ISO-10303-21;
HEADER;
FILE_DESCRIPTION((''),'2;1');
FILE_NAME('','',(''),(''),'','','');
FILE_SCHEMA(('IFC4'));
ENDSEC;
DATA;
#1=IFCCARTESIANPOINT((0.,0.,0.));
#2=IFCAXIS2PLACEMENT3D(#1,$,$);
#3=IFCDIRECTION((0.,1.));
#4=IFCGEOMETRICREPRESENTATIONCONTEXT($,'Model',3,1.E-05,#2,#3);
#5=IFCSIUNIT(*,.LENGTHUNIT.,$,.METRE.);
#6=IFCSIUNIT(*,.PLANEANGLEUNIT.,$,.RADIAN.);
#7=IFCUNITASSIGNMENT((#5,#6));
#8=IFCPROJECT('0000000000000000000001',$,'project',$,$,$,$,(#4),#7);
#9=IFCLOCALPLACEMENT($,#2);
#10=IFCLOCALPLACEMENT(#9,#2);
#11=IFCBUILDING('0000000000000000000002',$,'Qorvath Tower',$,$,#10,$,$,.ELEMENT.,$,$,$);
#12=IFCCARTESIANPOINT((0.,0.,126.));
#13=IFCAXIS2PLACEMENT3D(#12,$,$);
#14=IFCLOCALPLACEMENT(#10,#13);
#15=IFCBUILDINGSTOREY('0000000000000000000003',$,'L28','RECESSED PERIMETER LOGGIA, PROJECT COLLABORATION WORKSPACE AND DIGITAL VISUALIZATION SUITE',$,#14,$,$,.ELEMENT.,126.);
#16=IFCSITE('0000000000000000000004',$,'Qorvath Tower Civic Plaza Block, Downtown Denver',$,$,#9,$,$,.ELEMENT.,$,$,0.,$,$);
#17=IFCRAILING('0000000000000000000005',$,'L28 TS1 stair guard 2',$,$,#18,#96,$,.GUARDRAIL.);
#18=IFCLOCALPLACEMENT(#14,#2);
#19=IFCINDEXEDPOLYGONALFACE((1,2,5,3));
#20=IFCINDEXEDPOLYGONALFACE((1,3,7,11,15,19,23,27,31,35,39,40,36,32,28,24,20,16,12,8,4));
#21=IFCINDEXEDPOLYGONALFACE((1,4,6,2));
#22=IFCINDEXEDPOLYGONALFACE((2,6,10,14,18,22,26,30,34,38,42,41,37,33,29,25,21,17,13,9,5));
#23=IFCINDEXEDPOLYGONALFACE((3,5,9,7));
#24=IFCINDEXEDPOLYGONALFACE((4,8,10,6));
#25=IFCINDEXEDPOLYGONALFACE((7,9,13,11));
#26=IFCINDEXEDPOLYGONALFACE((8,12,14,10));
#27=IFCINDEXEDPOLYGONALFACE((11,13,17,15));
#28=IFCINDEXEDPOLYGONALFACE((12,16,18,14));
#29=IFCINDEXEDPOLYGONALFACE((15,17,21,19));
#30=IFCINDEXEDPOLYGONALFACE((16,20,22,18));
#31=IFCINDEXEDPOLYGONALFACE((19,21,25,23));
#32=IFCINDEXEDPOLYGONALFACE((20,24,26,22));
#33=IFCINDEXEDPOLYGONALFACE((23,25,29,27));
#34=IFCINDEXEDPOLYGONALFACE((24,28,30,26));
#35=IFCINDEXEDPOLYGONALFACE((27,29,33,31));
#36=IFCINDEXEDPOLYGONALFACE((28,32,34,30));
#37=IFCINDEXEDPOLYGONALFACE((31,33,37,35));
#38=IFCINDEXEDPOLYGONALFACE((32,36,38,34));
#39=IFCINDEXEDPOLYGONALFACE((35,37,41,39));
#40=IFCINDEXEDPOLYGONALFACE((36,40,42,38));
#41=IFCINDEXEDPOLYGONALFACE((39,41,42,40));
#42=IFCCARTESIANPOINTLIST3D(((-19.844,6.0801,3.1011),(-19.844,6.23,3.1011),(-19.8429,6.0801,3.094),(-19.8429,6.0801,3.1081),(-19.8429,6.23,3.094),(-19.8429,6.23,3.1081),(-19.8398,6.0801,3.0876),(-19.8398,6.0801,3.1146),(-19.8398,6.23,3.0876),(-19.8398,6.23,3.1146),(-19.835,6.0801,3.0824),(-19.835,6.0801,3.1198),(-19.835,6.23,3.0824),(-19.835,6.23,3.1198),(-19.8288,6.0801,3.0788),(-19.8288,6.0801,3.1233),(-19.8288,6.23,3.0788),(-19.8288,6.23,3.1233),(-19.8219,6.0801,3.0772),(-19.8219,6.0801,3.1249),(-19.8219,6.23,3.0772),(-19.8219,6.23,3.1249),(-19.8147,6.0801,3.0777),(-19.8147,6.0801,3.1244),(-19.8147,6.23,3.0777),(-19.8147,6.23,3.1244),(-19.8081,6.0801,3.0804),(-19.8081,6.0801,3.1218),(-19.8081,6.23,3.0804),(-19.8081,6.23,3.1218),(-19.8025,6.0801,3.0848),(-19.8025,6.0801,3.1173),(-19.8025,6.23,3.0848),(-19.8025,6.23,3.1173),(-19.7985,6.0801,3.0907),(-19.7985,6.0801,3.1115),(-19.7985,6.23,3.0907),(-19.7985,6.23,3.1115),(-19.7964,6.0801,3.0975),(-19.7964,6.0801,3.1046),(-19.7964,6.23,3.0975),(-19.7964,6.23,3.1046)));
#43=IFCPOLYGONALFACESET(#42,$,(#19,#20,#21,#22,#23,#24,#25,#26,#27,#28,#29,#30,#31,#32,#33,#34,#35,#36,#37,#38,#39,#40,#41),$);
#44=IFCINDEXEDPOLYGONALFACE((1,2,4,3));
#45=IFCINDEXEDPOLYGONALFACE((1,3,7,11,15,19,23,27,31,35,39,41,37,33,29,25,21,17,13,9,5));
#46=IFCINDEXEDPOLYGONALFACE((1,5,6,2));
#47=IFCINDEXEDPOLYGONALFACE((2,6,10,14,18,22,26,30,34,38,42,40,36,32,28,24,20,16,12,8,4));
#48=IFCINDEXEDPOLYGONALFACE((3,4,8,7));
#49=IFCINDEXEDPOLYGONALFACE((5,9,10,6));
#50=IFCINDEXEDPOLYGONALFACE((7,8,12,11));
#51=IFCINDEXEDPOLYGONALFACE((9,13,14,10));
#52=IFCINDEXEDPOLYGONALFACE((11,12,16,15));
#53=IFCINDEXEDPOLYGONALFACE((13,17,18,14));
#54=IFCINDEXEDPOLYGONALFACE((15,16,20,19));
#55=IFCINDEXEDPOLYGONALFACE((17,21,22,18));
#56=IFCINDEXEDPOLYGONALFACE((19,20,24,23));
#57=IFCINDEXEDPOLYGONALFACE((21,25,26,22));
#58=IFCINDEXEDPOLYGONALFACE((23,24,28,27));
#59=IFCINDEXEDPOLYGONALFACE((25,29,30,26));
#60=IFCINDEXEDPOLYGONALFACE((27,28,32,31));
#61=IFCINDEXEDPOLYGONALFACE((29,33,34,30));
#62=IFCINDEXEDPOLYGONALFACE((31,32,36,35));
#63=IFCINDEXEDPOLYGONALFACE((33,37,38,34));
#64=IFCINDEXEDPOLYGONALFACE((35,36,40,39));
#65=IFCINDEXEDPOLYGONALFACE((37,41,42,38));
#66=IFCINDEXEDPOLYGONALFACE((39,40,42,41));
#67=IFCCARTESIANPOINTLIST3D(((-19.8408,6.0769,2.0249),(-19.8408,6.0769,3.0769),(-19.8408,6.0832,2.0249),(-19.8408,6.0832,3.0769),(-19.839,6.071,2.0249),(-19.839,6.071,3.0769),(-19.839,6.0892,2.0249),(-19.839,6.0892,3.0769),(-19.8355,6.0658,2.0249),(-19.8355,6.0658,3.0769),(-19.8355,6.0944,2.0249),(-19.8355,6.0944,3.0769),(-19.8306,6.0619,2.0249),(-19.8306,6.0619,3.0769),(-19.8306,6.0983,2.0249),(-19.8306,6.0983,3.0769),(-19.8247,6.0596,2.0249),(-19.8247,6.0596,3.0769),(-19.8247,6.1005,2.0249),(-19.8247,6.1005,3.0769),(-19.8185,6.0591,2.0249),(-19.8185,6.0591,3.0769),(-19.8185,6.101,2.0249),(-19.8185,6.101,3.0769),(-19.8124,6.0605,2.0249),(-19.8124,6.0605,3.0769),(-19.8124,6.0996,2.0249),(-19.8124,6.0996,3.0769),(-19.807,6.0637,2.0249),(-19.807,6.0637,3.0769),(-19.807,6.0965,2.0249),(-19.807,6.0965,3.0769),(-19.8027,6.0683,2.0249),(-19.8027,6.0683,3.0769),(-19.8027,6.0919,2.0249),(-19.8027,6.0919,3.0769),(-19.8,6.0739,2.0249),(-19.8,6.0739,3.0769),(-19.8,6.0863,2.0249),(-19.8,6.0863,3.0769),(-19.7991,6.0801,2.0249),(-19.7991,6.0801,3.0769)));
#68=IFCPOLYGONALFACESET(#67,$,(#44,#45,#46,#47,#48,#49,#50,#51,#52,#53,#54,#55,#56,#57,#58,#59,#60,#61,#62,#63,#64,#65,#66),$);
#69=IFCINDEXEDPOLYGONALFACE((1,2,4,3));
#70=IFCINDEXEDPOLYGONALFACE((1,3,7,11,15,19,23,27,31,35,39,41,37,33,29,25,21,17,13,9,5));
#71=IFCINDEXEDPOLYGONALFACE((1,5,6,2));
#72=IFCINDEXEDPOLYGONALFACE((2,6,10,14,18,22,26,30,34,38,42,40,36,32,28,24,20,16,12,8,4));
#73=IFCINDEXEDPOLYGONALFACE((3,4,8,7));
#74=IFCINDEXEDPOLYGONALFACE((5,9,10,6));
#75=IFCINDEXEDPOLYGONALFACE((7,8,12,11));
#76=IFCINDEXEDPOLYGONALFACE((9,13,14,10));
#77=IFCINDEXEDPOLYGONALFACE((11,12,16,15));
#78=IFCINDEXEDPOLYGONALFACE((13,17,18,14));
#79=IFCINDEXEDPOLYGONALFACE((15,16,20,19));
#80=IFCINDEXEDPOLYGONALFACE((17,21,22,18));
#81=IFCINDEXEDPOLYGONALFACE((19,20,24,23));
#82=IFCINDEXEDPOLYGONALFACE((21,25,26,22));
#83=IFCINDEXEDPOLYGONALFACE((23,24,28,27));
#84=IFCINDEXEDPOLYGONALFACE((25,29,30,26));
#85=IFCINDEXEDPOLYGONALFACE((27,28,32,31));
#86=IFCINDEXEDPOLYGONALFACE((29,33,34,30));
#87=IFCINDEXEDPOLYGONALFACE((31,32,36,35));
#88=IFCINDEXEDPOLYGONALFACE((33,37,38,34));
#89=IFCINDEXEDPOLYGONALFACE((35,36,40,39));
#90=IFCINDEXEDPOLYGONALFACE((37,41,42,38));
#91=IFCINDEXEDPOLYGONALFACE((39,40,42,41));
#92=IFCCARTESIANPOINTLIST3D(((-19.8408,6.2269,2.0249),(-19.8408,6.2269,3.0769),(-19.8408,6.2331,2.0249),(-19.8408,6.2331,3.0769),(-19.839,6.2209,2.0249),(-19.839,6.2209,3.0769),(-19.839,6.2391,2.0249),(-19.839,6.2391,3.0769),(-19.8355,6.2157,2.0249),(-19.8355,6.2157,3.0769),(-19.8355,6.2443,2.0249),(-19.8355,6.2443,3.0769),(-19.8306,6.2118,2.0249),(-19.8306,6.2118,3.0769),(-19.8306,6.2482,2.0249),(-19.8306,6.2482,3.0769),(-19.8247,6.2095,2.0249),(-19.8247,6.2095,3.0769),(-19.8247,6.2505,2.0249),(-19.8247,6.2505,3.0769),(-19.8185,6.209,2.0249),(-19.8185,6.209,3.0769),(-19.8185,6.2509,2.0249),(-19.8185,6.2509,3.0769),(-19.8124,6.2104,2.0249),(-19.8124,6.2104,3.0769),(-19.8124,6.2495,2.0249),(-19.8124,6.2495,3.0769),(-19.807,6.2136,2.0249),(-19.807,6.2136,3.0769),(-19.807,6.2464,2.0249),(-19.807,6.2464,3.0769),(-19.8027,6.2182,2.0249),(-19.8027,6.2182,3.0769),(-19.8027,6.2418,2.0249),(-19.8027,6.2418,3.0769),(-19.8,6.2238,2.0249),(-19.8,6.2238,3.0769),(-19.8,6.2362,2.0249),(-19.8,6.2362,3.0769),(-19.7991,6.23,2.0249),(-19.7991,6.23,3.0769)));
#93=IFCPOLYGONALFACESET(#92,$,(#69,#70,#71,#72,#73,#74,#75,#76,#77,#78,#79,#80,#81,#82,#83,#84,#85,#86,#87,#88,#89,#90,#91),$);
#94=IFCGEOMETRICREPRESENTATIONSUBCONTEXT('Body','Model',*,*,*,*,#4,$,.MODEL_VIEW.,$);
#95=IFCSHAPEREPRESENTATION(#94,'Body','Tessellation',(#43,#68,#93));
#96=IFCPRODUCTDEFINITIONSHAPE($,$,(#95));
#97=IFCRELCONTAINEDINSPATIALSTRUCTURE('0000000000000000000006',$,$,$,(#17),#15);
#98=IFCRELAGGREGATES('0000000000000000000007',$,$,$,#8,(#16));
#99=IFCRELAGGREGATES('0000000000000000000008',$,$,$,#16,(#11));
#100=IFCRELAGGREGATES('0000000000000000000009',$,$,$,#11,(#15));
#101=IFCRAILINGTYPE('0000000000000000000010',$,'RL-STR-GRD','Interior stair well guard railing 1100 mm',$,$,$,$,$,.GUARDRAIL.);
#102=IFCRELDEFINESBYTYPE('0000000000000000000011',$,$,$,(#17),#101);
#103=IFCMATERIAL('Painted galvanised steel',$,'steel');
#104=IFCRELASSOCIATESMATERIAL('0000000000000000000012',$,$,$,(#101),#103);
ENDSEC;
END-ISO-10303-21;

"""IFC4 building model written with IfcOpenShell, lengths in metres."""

from ifc_helpers import new_model, si_unit, direction, frame, origin, origin_2d, place, context, subcontext, project, spatial, circle, extrude, material, type_object, element, save


model = new_model("IFC4")

# Units and contexts
model_context = context("Model", 3, precision=1e-05, world=origin(), true_north=direction((0.0, 1.0)))
body_context = subcontext(model_context, "Body", "Model", "MODEL_VIEW")
ifc_project = project(units=[si_unit("LENGTHUNIT", "METRE"), si_unit("PLANEANGLEUNIT", "RADIAN")], contexts=[model_context])

# Site, building, storey
site_placement = place(None, origin())
site = spatial("IfcSite", under=ifc_project, at=site_placement, Name="Qorvath Tower Civic Plaza Block, Downtown Denver", CompositionType="ELEMENT", RefElevation=0.0)
building_placement = place(site_placement, origin())
building = spatial("IfcBuilding", under=site, at=building_placement, Name="Qorvath Tower", CompositionType="ELEMENT")
storey_placement = place(building_placement, frame((0.0, 0.0, 126.0)))
storey = spatial("IfcBuildingStorey", under=building, at=storey_placement, Name="L28", Description="RECESSED PERIMETER LOGGIA, PROJECT COLLABORATION WORKSPACE AND DIGITAL VISUALIZATION SUITE", CompositionType="ELEMENT", Elevation=126.0)

# Railing
ifc_material_1 = material(Name="Painted galvanised steel", Category="steel")
railing_type = type_object("IfcRailingType", Name="RL-STR-GRD", Description="Interior stair well guard railing 1100 mm", PredefinedType="GUARDRAIL", material=ifc_material_1)
railing_1_placement = place(storey_placement, frame((-19.8201, 6.0801, 2.0249)))
element("IfcRailing", 1, at=railing_1_placement, inside=storey, type_object=railing_type, Name="L28 TS1 stair guard 2", PredefinedType="GUARDRAIL", context=body_context, shape_type="SweptSolid", body=[
    extrude(circle(Radius=0.0239, at=origin_2d()), frame((0.0, 0.0, 1.0762), z_axis=(0.0, 1.0, 0.0), x_axis=(-1.0, 0.0, 0.0)), (0.0, 0.0, 1.0), 0.1499),
    extrude(circle(Radius=0.021, at=origin_2d()), origin(), (0.0, 0.0, 1.0), 1.052),
    extrude(circle(Radius=0.021, at=origin_2d()), frame((0.0, 0.1499, 0.0)), (0.0, 0.0, 1.0), 1.052),
])

save(model, "model.ifc")
